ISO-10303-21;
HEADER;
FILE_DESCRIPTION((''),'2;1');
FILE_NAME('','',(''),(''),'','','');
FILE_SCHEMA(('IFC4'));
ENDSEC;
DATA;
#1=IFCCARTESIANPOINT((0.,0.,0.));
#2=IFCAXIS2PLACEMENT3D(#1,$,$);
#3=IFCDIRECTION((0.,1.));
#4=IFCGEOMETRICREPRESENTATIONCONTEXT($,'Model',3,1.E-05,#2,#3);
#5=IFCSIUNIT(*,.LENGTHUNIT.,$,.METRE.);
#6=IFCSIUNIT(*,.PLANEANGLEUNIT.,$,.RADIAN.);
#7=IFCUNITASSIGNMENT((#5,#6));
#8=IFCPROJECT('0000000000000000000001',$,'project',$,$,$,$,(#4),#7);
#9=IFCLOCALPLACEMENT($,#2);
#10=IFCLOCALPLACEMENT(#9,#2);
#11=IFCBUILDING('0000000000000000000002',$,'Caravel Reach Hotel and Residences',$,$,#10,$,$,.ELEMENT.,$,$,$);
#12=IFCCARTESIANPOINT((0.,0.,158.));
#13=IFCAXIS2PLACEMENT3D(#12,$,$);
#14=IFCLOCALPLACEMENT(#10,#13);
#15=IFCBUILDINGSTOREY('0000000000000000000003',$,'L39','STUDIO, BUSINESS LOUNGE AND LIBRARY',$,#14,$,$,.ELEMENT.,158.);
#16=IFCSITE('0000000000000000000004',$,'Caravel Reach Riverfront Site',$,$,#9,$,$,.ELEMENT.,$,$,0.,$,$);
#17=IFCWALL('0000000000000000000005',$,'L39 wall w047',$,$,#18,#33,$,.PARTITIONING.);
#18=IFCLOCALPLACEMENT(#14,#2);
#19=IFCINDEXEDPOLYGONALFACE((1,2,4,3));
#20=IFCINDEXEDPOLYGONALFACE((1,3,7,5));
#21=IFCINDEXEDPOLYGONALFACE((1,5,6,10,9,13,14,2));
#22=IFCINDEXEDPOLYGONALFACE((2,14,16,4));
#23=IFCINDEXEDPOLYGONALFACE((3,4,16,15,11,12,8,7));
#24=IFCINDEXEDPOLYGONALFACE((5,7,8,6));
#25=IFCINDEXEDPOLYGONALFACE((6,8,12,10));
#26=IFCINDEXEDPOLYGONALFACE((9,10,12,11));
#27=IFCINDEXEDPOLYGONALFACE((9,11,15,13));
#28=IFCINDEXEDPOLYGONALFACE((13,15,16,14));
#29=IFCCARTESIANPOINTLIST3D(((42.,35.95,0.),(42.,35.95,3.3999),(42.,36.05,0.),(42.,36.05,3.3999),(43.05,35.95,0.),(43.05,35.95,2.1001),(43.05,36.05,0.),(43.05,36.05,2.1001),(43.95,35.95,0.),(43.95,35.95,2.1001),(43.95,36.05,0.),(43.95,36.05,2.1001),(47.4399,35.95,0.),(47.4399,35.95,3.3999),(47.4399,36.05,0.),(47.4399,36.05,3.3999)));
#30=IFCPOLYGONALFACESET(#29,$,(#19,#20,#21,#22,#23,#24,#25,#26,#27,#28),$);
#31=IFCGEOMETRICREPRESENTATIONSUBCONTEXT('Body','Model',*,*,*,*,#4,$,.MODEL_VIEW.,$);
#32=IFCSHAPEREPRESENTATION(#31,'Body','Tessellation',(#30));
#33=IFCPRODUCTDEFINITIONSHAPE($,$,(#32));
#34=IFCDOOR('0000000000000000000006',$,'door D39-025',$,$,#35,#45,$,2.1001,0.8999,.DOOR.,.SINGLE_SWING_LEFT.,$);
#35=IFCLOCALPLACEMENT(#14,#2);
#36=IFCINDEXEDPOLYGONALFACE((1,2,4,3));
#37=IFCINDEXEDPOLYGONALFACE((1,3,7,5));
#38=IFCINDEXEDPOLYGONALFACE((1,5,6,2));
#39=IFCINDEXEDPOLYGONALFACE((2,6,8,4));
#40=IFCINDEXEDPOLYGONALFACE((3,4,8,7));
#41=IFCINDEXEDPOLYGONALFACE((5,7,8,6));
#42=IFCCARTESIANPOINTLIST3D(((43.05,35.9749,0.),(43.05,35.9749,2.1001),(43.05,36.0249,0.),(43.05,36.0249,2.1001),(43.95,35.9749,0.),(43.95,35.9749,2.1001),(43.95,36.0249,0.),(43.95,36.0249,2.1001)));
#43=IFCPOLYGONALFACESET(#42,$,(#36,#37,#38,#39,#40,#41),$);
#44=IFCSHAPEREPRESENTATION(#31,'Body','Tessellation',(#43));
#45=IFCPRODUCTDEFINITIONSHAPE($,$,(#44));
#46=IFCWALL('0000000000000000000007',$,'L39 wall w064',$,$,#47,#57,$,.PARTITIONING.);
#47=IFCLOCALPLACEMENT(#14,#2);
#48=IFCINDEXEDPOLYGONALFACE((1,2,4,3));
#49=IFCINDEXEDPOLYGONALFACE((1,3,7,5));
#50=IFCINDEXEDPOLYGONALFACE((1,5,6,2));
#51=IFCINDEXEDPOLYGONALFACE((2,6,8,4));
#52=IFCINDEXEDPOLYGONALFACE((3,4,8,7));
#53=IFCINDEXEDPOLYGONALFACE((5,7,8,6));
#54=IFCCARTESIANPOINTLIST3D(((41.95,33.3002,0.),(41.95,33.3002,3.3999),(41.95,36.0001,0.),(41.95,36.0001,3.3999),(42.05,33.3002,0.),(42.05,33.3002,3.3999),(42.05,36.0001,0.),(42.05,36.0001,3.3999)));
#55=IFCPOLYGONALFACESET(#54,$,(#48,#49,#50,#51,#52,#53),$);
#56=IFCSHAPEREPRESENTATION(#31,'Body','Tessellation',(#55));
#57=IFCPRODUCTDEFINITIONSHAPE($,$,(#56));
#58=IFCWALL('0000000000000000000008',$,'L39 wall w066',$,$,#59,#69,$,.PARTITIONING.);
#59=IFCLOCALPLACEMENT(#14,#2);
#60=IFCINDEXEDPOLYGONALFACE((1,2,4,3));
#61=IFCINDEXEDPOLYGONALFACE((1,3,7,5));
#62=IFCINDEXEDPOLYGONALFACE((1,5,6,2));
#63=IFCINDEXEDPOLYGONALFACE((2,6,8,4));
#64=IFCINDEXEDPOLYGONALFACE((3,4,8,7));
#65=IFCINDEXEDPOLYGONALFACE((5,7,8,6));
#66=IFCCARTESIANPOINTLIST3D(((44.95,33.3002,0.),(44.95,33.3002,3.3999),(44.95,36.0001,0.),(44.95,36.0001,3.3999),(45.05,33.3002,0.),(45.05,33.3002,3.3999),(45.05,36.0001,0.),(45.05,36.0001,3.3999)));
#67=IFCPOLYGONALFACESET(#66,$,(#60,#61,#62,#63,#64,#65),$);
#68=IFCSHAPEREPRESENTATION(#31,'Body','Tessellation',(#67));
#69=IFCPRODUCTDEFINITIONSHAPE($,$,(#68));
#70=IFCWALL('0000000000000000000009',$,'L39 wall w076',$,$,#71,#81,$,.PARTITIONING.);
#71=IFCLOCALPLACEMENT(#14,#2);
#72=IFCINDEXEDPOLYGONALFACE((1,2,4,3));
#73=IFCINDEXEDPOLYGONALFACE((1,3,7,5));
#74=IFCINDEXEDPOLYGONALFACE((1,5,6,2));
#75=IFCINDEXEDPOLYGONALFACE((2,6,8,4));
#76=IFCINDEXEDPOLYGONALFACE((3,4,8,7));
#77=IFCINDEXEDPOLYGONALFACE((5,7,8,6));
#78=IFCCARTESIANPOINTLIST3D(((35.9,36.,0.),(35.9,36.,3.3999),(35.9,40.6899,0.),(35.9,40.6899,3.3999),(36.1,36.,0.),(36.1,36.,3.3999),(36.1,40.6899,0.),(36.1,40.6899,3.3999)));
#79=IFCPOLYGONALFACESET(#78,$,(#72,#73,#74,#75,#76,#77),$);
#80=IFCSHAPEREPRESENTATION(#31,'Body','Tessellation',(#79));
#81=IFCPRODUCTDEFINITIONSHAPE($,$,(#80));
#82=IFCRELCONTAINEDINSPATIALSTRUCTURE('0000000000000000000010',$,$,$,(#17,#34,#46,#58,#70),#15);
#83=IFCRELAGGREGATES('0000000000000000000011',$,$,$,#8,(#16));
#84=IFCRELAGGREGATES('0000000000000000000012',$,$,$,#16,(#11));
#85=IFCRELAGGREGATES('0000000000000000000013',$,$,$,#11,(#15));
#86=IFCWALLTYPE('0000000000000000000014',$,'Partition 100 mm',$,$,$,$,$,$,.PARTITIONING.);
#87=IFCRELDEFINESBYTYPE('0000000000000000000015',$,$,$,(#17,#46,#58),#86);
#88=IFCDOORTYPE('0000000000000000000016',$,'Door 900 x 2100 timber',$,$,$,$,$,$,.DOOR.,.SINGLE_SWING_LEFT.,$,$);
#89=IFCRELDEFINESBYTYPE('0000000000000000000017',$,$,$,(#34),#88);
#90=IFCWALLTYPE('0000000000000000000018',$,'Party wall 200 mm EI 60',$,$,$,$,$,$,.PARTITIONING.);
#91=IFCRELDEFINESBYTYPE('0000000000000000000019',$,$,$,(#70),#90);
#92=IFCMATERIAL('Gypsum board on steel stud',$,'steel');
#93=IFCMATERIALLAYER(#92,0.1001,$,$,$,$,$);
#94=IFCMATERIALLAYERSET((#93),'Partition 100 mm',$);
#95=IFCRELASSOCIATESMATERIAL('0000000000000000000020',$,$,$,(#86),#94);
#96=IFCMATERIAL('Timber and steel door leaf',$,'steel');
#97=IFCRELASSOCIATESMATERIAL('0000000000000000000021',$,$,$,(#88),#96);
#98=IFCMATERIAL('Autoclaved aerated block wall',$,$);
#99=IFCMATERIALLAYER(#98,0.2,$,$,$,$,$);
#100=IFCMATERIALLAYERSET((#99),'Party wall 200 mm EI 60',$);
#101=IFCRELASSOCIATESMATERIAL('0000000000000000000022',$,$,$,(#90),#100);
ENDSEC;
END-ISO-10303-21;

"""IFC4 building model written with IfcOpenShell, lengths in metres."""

from ifc_helpers import new_model, si_unit, direction, frame, frame_2d, origin, place, context, subcontext, project, spatial, rectangle, extrude, material, layer, layer_set, type_object, element, fill, save


model = new_model("IFC4")

# Units and contexts
model_context = context("Model", 3, precision=1e-05, world=origin(), true_north=direction((0.0, 1.0)))
body_context = subcontext(model_context, "Body", "Model", "MODEL_VIEW")
ifc_project = project(units=[si_unit("LENGTHUNIT", "METRE"), si_unit("PLANEANGLEUNIT", "RADIAN")], contexts=[model_context])

# Site, building, storey
site_placement = place(None, origin())
site = spatial("IfcSite", under=ifc_project, at=site_placement, Name="Caravel Reach Riverfront Site", CompositionType="ELEMENT", RefElevation=0.0)
building_placement = place(site_placement, origin())
building = spatial("IfcBuilding", under=site, at=building_placement, Name="Caravel Reach Hotel and Residences", CompositionType="ELEMENT")
storey_placement = place(building_placement, frame((0.0, 0.0, 158.0)))
storey = spatial("IfcBuildingStorey", under=building, at=storey_placement, Name="L39", Description="STUDIO, BUSINESS LOUNGE AND LIBRARY", CompositionType="ELEMENT", Elevation=158.0)

# Wall, opening, door
ifc_material_1 = material(Name="Gypsum board on steel stud", Category="steel")
ifc_layer_1 = layer(ifc_material_1, 0.1001)
ifc_layer_set_1 = layer_set([ifc_layer_1], Name="Partition 100 mm")
wall_type_1 = type_object("IfcWallType", Name="Partition 100 mm", PredefinedType="PARTITIONING", material=ifc_layer_set_1)
ifc_material_2 = material(Name="Timber and steel door leaf", Category="steel")
door_type_1 = type_object("IfcDoorType", Name="Door 900 x 2100 timber", OperationType="SINGLE_SWING_LEFT", PredefinedType="DOOR", material=ifc_material_2)
wall_1_placement = place(storey_placement, frame((42.0, 36.0, 0.0), z_axis=(0.0, 0.0, 1.0), x_axis=(1.0, 0.0, 0.0)))
wall_1 = element("IfcWall", 1, at=wall_1_placement, inside=storey, type_object=wall_type_1, Name="L39 wall w047", PredefinedType="PARTITIONING", context=body_context, shape_type="SweptSolid", body=[
    extrude(rectangle(XDim=5.4399, YDim=0.1001, at=frame_2d((2.72, 0.0))), origin(), (0.0, 0.0, 1.0), 3.3999),
])
opening_1_placement = place(wall_1_placement, frame((1.05, 0.0, 0.0)))
opening_1 = element("IfcOpeningElement", 2, at=opening_1_placement, cuts=wall_1, PredefinedType="OPENING", context=body_context, shape_type="SweptSolid", body=[
    extrude(rectangle(XDim=0.8999, YDim=2.1001, at=frame_2d((0.45, 1.05))), frame((0.0, 0.0601, 0.0), z_axis=(0.0, -1.0, 0.0), x_axis=(1.0, 0.0, 0.0)), (0.0, 0.0, 1.0), 0.1201),
])
door_1_placement = place(opening_1_placement, origin())
door_1 = element("IfcDoor", 3, at=door_1_placement, inside=storey, type_object=door_type_1, Name="door D39-025", OperationType="SINGLE_SWING_LEFT", OverallHeight=2.1001, OverallWidth=0.8999, PredefinedType="DOOR", context=body_context, shape_type="SweptSolid", body=[
    extrude(rectangle(XDim=0.8999, YDim=2.1001, at=frame_2d((0.45, 1.05))), frame((0.0, 0.0249, 0.0), z_axis=(0.0, -1.0, 0.0), x_axis=(1.0, 0.0, 0.0)), (0.0, 0.0, 1.0), 0.05),
])
fill(opening_1, door_1)

# Walls
for number, where, z_axis, x_axis, name in (
    (4, (42.0, 33.3, 0.0), (0.0, 0.0, 1.0), (0.0, 1.0, 0.0), "L39 wall w064"),
    (5, (45.0, 33.3, 0.0), (0.0, 0.0, 1.0), (0.0, 1.0, 0.0), "L39 wall w066"),
):
    element("IfcWall", number, at=place(storey_placement, frame(where, z_axis=z_axis, x_axis=x_axis)), inside=storey, type_object=wall_type_1, Name=name, PredefinedType="PARTITIONING", context=body_context, shape_type="SweptSolid", body=[
        extrude(rectangle(XDim=2.7, YDim=0.1001, at=frame_2d((1.3501, 0.0))), origin(), (0.0, 0.0, 1.0), 3.3999),
    ])
ifc_material_3 = material(Name="Autoclaved aerated block wall")
ifc_layer_2 = layer(ifc_material_3, 0.2)
ifc_layer_set_2 = layer_set([ifc_layer_2], Name="Party wall 200 mm EI 60")
wall_type_2 = type_object("IfcWallType", Name="Party wall 200 mm EI 60", PredefinedType="PARTITIONING", material=ifc_layer_set_2)
wall_2_placement = place(storey_placement, frame((36.0, 36.0, 0.0), z_axis=(0.0, 0.0, 1.0), x_axis=(0.0, 1.0, 0.0)))
element("IfcWall", 6, at=wall_2_placement, inside=storey, type_object=wall_type_2, Name="L39 wall w076", PredefinedType="PARTITIONING", context=body_context, shape_type="SweptSolid", body=[
    extrude(rectangle(XDim=4.6899, YDim=0.2, at=frame_2d((2.345, 0.0))), origin(), (0.0, 0.0, 1.0), 3.3999),
])

save(model, "model.ifc")
